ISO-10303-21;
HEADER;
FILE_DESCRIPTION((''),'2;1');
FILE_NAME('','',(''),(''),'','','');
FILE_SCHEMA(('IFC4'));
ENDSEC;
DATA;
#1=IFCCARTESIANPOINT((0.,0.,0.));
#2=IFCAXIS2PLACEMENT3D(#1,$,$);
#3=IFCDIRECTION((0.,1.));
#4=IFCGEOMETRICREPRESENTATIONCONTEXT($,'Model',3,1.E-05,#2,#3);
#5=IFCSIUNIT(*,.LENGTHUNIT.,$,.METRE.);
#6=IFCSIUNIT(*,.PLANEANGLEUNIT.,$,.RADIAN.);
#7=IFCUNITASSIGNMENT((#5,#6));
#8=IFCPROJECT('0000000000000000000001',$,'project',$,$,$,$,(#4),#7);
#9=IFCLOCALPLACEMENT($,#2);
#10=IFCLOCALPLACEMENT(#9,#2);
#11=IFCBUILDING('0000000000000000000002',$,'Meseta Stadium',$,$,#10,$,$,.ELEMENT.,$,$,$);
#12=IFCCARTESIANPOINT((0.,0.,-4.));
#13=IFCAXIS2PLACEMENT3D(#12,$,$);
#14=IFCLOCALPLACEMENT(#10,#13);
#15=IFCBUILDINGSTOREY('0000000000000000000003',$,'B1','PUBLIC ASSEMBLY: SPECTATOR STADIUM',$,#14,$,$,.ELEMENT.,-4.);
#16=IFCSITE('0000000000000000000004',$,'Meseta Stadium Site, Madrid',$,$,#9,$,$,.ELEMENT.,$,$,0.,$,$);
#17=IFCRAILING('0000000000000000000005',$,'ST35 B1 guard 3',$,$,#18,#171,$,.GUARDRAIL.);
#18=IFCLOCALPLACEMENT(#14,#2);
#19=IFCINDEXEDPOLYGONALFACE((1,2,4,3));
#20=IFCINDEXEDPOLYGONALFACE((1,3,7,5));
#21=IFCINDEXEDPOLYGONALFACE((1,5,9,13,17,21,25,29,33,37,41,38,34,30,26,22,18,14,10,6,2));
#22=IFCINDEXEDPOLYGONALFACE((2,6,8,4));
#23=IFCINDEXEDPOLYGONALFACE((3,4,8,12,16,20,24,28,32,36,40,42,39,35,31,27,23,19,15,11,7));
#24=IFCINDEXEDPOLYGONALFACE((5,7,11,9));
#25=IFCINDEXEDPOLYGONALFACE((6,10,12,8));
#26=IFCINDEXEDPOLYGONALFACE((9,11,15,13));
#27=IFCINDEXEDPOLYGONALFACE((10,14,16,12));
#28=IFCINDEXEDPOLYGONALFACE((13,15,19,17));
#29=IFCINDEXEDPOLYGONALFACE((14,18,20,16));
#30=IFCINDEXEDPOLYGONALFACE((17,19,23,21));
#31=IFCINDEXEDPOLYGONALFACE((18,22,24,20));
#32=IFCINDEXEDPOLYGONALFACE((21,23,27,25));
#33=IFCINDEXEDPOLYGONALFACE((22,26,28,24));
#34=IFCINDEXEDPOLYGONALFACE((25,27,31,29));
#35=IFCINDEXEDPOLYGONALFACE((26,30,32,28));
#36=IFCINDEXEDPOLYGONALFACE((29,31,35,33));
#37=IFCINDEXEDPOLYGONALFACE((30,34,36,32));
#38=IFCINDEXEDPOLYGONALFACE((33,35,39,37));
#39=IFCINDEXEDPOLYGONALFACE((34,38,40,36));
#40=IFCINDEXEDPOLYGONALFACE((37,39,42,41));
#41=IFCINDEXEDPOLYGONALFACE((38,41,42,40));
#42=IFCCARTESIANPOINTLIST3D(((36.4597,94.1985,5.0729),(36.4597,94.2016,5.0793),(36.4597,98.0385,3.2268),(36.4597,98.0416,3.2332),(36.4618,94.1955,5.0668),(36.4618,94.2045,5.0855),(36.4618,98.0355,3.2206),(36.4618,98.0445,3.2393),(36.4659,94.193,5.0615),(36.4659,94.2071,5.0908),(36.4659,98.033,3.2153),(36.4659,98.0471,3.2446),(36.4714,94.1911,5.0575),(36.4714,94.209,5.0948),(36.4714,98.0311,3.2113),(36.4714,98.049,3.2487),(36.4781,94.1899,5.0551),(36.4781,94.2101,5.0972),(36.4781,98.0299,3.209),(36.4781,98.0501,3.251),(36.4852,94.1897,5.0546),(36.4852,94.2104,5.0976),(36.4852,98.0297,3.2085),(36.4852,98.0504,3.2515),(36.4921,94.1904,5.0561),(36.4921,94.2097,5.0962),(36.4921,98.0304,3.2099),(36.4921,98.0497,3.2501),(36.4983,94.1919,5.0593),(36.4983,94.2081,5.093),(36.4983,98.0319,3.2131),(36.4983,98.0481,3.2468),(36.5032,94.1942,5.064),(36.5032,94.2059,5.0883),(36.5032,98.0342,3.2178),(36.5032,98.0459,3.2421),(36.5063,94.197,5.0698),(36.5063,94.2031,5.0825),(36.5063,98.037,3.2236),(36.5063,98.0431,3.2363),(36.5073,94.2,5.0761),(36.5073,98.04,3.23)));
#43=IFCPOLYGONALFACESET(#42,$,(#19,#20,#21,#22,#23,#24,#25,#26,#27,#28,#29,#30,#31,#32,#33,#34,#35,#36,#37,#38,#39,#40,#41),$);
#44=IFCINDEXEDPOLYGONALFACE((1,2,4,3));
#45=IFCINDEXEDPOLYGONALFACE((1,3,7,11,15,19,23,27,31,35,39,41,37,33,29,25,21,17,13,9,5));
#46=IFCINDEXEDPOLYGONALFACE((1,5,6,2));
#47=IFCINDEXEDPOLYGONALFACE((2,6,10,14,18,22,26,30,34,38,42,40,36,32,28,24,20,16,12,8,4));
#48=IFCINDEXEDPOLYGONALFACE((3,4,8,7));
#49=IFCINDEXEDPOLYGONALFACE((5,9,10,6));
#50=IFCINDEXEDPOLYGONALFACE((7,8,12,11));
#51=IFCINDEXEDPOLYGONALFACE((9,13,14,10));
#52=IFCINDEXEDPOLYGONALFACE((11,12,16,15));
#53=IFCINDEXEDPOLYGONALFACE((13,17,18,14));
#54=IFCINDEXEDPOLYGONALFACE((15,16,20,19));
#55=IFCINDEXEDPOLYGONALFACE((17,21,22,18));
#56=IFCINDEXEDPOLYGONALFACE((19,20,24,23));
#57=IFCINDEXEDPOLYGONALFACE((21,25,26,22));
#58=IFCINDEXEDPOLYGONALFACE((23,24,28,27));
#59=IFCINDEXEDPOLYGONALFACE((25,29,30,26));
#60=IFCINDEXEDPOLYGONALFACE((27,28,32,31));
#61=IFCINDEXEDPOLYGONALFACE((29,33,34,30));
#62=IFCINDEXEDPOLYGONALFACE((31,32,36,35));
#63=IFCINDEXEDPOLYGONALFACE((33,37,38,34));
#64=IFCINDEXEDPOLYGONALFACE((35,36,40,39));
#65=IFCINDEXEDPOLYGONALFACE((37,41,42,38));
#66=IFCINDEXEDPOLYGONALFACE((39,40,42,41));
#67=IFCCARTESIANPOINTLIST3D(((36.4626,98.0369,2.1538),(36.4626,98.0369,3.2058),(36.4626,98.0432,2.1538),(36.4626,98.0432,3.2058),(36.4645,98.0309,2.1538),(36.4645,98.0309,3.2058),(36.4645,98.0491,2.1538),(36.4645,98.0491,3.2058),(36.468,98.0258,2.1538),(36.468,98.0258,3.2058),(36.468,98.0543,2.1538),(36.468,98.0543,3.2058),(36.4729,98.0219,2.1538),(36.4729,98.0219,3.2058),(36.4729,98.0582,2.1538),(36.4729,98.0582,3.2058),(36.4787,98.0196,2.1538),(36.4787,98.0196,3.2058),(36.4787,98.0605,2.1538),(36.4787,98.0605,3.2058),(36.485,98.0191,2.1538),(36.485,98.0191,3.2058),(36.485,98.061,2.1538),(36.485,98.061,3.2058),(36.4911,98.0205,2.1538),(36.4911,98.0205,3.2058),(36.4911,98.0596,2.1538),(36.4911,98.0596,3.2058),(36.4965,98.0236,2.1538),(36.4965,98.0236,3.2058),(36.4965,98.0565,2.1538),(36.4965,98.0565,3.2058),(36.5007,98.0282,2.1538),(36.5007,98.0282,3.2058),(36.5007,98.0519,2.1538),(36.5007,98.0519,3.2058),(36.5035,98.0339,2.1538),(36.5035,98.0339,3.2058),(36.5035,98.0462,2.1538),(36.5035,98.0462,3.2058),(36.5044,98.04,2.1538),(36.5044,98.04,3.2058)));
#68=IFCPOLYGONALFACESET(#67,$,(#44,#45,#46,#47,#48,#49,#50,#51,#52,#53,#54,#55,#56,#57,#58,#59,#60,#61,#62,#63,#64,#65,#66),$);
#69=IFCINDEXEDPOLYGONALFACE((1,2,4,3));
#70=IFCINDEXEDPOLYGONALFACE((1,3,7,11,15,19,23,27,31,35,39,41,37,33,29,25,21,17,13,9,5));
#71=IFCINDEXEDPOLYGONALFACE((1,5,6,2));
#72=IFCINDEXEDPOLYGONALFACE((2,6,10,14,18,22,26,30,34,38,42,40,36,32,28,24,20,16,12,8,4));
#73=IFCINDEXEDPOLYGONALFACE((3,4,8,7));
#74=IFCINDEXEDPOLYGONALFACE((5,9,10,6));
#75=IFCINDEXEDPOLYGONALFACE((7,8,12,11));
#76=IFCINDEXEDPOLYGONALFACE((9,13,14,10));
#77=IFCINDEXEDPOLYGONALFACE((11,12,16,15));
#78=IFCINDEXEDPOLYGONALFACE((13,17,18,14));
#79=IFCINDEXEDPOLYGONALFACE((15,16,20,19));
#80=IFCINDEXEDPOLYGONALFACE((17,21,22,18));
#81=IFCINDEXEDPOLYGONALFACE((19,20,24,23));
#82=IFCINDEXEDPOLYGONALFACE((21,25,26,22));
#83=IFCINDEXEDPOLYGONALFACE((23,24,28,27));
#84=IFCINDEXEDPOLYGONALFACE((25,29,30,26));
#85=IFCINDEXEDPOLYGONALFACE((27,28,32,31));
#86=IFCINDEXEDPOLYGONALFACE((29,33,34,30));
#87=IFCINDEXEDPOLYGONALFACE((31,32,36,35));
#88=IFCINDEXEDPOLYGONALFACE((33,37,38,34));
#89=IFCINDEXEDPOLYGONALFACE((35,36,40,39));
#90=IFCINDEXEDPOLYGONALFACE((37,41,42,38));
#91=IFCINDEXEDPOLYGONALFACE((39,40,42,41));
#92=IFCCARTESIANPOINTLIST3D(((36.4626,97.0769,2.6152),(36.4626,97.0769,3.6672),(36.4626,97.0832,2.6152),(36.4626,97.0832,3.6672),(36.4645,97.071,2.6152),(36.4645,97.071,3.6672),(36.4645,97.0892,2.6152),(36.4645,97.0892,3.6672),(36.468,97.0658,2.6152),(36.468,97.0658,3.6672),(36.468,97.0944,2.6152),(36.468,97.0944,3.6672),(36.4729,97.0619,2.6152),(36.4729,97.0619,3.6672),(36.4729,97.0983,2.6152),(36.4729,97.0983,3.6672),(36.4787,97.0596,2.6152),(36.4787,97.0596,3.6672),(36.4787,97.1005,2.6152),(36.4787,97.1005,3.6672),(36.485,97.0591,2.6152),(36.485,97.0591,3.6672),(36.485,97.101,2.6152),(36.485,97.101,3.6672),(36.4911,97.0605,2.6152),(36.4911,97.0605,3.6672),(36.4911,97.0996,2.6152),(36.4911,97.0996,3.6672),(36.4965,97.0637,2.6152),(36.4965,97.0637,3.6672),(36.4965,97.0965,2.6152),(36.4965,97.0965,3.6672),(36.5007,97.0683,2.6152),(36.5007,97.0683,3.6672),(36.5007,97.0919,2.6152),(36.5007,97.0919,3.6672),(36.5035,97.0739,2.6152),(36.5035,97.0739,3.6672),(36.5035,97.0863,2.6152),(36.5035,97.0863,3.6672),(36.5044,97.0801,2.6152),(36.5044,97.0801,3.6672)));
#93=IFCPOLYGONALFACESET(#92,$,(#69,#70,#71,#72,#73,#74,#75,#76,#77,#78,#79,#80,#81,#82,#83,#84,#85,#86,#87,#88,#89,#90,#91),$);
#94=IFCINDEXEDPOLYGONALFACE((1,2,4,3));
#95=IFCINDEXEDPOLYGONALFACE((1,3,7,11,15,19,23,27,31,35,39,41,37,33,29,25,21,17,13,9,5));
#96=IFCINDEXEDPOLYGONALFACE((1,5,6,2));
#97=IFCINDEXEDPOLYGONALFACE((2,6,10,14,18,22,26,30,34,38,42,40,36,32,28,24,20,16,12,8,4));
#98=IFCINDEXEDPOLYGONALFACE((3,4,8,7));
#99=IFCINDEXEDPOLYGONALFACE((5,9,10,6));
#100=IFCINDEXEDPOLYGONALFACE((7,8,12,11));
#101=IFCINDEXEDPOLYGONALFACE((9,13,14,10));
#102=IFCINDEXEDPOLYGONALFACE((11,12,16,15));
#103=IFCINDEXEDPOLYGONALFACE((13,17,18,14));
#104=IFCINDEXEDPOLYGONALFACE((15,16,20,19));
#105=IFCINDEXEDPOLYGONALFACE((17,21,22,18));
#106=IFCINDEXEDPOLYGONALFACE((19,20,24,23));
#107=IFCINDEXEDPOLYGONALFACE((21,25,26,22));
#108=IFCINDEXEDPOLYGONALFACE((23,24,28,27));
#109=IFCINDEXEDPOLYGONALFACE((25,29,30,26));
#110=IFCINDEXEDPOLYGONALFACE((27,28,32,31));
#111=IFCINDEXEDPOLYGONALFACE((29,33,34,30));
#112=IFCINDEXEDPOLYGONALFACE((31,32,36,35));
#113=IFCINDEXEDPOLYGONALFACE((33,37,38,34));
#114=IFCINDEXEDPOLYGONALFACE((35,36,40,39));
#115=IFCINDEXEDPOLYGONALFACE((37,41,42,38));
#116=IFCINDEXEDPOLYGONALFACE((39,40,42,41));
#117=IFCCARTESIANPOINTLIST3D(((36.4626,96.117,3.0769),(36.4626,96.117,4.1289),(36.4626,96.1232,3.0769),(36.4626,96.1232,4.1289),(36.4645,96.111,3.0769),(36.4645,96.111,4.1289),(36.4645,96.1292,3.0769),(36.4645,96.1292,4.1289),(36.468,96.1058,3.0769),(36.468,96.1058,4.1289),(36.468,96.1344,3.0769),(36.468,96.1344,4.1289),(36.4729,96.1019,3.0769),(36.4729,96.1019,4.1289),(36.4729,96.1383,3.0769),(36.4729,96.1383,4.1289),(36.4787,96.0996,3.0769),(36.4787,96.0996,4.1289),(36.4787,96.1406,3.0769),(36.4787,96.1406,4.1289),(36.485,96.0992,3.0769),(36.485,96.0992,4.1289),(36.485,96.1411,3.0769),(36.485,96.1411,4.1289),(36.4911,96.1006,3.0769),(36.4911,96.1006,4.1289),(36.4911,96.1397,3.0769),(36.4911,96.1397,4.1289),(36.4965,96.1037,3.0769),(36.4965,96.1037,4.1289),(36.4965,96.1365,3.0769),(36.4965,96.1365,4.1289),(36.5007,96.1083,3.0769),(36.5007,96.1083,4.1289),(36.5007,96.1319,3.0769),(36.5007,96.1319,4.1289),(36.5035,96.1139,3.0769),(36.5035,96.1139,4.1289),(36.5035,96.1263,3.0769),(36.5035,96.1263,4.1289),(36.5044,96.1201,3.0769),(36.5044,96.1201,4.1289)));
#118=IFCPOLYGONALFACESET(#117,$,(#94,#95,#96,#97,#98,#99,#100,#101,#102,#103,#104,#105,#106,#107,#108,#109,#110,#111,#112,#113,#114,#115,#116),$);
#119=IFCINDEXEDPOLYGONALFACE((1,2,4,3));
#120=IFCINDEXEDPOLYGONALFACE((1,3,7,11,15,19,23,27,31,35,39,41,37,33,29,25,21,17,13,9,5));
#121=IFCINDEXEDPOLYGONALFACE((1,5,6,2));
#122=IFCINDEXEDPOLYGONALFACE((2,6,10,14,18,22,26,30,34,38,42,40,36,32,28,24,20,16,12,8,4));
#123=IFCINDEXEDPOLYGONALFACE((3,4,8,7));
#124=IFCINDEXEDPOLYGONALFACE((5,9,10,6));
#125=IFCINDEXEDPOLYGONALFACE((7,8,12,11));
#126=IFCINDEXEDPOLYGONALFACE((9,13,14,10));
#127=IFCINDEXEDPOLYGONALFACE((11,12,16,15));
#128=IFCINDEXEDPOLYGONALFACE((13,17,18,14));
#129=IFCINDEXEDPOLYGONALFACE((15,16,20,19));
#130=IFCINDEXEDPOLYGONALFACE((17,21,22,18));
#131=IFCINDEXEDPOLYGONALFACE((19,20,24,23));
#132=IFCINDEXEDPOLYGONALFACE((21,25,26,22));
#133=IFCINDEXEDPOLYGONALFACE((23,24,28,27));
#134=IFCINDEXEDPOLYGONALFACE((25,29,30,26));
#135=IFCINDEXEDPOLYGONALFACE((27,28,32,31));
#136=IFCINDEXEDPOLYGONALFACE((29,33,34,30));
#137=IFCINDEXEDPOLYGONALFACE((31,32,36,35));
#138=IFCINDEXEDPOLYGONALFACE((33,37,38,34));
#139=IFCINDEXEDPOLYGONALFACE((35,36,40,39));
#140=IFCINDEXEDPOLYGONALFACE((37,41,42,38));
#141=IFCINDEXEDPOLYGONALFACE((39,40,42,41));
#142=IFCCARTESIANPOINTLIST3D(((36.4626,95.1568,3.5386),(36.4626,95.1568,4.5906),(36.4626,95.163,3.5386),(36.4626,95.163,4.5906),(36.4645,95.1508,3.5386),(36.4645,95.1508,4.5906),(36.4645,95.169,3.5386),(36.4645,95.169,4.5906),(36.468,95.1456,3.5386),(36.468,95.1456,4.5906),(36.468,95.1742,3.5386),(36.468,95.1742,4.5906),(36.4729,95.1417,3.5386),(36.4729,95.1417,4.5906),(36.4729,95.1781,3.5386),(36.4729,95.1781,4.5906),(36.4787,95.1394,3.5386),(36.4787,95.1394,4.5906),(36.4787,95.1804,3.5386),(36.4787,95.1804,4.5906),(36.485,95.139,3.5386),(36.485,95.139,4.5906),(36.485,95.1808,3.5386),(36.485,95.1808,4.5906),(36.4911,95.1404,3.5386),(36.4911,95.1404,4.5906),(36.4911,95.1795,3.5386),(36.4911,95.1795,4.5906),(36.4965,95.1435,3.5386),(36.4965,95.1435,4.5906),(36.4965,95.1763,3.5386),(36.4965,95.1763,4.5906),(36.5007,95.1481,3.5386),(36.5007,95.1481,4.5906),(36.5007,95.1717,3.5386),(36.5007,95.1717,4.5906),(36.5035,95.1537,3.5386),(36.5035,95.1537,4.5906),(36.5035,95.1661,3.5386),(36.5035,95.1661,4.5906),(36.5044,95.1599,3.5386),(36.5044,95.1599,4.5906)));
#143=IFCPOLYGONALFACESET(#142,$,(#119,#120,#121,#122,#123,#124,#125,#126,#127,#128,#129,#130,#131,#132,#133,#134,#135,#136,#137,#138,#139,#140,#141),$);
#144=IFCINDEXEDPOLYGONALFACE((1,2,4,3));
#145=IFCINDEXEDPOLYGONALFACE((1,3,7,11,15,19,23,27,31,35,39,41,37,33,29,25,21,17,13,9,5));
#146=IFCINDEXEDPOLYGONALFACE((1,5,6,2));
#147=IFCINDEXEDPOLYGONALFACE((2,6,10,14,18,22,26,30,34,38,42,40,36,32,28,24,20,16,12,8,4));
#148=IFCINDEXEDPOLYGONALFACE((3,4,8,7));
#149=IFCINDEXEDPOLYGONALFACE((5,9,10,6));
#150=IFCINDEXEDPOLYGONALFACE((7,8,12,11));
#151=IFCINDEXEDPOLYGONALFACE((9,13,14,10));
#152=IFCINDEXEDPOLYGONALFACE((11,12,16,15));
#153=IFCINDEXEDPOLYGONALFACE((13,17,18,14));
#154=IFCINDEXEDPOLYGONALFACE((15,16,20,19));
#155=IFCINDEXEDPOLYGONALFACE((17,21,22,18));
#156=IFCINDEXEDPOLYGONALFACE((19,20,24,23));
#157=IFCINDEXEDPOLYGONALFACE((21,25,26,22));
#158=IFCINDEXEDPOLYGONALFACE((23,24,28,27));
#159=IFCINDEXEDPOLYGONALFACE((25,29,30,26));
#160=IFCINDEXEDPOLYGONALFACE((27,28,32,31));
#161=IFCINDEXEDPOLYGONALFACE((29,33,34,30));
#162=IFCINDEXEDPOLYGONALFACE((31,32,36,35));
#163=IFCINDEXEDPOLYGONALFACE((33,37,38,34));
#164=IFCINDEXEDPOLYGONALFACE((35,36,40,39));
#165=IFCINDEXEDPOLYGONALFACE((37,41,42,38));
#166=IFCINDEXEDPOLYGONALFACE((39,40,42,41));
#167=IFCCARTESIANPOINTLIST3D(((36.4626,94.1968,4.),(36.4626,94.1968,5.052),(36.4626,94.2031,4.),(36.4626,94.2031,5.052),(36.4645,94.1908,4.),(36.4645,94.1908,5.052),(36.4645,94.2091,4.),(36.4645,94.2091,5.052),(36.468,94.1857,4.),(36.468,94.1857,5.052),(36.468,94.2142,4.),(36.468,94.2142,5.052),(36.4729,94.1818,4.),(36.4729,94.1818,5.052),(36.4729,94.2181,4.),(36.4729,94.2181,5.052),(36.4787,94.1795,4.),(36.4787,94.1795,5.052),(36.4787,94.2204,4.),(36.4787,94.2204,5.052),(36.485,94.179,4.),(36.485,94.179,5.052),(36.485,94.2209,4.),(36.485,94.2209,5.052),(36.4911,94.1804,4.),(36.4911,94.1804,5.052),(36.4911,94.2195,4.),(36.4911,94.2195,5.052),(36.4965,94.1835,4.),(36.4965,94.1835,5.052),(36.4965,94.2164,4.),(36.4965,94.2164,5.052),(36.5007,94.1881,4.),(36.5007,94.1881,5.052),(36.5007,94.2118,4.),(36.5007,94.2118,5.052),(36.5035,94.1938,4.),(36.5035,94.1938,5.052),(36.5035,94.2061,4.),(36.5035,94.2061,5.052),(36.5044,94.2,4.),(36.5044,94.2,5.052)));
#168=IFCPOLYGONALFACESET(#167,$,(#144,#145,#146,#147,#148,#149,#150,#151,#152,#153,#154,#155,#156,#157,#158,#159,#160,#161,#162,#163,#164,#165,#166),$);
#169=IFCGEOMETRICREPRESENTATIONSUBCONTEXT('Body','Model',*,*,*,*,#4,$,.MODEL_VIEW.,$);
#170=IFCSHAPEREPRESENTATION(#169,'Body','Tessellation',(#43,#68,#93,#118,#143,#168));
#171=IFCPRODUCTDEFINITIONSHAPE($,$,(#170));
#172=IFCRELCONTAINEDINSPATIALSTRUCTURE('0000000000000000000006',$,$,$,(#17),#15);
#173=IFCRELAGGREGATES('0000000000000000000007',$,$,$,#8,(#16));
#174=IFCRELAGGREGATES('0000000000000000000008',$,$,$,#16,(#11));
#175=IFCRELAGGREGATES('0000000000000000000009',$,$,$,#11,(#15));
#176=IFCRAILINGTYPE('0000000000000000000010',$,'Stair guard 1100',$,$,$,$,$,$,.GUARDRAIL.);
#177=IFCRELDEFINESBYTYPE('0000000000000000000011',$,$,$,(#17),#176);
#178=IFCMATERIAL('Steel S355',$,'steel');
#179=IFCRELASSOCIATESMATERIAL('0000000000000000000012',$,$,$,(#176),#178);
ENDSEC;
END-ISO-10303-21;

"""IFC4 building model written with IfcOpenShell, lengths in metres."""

from ifc_helpers import new_model, si_unit, direction, frame, origin, origin_2d, place, context, subcontext, project, spatial, circle, extrude, material, type_object, element, save


model = new_model("IFC4")

# Units and contexts
model_context = context("Model", 3, precision=1e-05, world=origin(), true_north=direction((0.0, 1.0)))
body_context = subcontext(model_context, "Body", "Model", "MODEL_VIEW")
ifc_project = project(units=[si_unit("LENGTHUNIT", "METRE"), si_unit("PLANEANGLEUNIT", "RADIAN")], contexts=[model_context])

# Site, building, storey
site_placement = place(None, origin())
site = spatial("IfcSite", under=ifc_project, at=site_placement, Name="Meseta Stadium Site, Madrid", CompositionType="ELEMENT", RefElevation=0.0)
building_placement = place(site_placement, origin())
building = spatial("IfcBuilding", under=site, at=building_placement, Name="Meseta Stadium", CompositionType="ELEMENT")
storey_placement = place(building_placement, frame((0.0, 0.0, -4.0)))
storey = spatial("IfcBuildingStorey", under=building, at=storey_placement, Name="B1", Description="PUBLIC ASSEMBLY: SPECTATOR STADIUM", CompositionType="ELEMENT", Elevation=-4.0)

# Railing
ifc_material_1 = material(Name="Steel S355", Category="steel")
railing_type_1 = type_object("IfcRailingType", Name="Stair guard 1100", PredefinedType="GUARDRAIL", material=ifc_material_1)
railing_1_placement = place(storey_placement, frame((36.4834, 98.04, 2.1538)))
element("IfcRailing", 1, at=railing_1_placement, inside=storey, type_object=railing_type_1, Name="ST35 B1 guard 3", PredefinedType="GUARDRAIL", context=body_context, shape_type="SweptSolid", body=[
    extrude(circle(Radius=0.0239, at=origin_2d()), frame((0.0, 0.0, 1.0762), z_axis=(0.0, -0.901253, 0.433294), x_axis=(1.0, 0.0, 0.0)), (0.0, 0.0, 1.0), 4.2607),
    extrude(circle(Radius=0.021, at=origin_2d()), origin(), (0.0, 0.0, 1.0), 1.052),
    extrude(circle(Radius=0.021, at=origin_2d()), frame((0.0, -0.96, 0.4614)), (0.0, 0.0, 1.0), 1.052),
    extrude(circle(Radius=0.021, at=origin_2d()), frame((0.0, -1.9199, 0.9231)), (0.0, 0.0, 1.0), 1.052),
    extrude(circle(Radius=0.021, at=origin_2d()), frame((0.0, -2.8801, 1.3848)), (0.0, 0.0, 1.0), 1.052),
    extrude(circle(Radius=0.021, at=origin_2d()), frame((0.0, -3.8401, 1.8462)), (0.0, 0.0, 1.0), 1.052),
])

save(model, "model.ifc")
